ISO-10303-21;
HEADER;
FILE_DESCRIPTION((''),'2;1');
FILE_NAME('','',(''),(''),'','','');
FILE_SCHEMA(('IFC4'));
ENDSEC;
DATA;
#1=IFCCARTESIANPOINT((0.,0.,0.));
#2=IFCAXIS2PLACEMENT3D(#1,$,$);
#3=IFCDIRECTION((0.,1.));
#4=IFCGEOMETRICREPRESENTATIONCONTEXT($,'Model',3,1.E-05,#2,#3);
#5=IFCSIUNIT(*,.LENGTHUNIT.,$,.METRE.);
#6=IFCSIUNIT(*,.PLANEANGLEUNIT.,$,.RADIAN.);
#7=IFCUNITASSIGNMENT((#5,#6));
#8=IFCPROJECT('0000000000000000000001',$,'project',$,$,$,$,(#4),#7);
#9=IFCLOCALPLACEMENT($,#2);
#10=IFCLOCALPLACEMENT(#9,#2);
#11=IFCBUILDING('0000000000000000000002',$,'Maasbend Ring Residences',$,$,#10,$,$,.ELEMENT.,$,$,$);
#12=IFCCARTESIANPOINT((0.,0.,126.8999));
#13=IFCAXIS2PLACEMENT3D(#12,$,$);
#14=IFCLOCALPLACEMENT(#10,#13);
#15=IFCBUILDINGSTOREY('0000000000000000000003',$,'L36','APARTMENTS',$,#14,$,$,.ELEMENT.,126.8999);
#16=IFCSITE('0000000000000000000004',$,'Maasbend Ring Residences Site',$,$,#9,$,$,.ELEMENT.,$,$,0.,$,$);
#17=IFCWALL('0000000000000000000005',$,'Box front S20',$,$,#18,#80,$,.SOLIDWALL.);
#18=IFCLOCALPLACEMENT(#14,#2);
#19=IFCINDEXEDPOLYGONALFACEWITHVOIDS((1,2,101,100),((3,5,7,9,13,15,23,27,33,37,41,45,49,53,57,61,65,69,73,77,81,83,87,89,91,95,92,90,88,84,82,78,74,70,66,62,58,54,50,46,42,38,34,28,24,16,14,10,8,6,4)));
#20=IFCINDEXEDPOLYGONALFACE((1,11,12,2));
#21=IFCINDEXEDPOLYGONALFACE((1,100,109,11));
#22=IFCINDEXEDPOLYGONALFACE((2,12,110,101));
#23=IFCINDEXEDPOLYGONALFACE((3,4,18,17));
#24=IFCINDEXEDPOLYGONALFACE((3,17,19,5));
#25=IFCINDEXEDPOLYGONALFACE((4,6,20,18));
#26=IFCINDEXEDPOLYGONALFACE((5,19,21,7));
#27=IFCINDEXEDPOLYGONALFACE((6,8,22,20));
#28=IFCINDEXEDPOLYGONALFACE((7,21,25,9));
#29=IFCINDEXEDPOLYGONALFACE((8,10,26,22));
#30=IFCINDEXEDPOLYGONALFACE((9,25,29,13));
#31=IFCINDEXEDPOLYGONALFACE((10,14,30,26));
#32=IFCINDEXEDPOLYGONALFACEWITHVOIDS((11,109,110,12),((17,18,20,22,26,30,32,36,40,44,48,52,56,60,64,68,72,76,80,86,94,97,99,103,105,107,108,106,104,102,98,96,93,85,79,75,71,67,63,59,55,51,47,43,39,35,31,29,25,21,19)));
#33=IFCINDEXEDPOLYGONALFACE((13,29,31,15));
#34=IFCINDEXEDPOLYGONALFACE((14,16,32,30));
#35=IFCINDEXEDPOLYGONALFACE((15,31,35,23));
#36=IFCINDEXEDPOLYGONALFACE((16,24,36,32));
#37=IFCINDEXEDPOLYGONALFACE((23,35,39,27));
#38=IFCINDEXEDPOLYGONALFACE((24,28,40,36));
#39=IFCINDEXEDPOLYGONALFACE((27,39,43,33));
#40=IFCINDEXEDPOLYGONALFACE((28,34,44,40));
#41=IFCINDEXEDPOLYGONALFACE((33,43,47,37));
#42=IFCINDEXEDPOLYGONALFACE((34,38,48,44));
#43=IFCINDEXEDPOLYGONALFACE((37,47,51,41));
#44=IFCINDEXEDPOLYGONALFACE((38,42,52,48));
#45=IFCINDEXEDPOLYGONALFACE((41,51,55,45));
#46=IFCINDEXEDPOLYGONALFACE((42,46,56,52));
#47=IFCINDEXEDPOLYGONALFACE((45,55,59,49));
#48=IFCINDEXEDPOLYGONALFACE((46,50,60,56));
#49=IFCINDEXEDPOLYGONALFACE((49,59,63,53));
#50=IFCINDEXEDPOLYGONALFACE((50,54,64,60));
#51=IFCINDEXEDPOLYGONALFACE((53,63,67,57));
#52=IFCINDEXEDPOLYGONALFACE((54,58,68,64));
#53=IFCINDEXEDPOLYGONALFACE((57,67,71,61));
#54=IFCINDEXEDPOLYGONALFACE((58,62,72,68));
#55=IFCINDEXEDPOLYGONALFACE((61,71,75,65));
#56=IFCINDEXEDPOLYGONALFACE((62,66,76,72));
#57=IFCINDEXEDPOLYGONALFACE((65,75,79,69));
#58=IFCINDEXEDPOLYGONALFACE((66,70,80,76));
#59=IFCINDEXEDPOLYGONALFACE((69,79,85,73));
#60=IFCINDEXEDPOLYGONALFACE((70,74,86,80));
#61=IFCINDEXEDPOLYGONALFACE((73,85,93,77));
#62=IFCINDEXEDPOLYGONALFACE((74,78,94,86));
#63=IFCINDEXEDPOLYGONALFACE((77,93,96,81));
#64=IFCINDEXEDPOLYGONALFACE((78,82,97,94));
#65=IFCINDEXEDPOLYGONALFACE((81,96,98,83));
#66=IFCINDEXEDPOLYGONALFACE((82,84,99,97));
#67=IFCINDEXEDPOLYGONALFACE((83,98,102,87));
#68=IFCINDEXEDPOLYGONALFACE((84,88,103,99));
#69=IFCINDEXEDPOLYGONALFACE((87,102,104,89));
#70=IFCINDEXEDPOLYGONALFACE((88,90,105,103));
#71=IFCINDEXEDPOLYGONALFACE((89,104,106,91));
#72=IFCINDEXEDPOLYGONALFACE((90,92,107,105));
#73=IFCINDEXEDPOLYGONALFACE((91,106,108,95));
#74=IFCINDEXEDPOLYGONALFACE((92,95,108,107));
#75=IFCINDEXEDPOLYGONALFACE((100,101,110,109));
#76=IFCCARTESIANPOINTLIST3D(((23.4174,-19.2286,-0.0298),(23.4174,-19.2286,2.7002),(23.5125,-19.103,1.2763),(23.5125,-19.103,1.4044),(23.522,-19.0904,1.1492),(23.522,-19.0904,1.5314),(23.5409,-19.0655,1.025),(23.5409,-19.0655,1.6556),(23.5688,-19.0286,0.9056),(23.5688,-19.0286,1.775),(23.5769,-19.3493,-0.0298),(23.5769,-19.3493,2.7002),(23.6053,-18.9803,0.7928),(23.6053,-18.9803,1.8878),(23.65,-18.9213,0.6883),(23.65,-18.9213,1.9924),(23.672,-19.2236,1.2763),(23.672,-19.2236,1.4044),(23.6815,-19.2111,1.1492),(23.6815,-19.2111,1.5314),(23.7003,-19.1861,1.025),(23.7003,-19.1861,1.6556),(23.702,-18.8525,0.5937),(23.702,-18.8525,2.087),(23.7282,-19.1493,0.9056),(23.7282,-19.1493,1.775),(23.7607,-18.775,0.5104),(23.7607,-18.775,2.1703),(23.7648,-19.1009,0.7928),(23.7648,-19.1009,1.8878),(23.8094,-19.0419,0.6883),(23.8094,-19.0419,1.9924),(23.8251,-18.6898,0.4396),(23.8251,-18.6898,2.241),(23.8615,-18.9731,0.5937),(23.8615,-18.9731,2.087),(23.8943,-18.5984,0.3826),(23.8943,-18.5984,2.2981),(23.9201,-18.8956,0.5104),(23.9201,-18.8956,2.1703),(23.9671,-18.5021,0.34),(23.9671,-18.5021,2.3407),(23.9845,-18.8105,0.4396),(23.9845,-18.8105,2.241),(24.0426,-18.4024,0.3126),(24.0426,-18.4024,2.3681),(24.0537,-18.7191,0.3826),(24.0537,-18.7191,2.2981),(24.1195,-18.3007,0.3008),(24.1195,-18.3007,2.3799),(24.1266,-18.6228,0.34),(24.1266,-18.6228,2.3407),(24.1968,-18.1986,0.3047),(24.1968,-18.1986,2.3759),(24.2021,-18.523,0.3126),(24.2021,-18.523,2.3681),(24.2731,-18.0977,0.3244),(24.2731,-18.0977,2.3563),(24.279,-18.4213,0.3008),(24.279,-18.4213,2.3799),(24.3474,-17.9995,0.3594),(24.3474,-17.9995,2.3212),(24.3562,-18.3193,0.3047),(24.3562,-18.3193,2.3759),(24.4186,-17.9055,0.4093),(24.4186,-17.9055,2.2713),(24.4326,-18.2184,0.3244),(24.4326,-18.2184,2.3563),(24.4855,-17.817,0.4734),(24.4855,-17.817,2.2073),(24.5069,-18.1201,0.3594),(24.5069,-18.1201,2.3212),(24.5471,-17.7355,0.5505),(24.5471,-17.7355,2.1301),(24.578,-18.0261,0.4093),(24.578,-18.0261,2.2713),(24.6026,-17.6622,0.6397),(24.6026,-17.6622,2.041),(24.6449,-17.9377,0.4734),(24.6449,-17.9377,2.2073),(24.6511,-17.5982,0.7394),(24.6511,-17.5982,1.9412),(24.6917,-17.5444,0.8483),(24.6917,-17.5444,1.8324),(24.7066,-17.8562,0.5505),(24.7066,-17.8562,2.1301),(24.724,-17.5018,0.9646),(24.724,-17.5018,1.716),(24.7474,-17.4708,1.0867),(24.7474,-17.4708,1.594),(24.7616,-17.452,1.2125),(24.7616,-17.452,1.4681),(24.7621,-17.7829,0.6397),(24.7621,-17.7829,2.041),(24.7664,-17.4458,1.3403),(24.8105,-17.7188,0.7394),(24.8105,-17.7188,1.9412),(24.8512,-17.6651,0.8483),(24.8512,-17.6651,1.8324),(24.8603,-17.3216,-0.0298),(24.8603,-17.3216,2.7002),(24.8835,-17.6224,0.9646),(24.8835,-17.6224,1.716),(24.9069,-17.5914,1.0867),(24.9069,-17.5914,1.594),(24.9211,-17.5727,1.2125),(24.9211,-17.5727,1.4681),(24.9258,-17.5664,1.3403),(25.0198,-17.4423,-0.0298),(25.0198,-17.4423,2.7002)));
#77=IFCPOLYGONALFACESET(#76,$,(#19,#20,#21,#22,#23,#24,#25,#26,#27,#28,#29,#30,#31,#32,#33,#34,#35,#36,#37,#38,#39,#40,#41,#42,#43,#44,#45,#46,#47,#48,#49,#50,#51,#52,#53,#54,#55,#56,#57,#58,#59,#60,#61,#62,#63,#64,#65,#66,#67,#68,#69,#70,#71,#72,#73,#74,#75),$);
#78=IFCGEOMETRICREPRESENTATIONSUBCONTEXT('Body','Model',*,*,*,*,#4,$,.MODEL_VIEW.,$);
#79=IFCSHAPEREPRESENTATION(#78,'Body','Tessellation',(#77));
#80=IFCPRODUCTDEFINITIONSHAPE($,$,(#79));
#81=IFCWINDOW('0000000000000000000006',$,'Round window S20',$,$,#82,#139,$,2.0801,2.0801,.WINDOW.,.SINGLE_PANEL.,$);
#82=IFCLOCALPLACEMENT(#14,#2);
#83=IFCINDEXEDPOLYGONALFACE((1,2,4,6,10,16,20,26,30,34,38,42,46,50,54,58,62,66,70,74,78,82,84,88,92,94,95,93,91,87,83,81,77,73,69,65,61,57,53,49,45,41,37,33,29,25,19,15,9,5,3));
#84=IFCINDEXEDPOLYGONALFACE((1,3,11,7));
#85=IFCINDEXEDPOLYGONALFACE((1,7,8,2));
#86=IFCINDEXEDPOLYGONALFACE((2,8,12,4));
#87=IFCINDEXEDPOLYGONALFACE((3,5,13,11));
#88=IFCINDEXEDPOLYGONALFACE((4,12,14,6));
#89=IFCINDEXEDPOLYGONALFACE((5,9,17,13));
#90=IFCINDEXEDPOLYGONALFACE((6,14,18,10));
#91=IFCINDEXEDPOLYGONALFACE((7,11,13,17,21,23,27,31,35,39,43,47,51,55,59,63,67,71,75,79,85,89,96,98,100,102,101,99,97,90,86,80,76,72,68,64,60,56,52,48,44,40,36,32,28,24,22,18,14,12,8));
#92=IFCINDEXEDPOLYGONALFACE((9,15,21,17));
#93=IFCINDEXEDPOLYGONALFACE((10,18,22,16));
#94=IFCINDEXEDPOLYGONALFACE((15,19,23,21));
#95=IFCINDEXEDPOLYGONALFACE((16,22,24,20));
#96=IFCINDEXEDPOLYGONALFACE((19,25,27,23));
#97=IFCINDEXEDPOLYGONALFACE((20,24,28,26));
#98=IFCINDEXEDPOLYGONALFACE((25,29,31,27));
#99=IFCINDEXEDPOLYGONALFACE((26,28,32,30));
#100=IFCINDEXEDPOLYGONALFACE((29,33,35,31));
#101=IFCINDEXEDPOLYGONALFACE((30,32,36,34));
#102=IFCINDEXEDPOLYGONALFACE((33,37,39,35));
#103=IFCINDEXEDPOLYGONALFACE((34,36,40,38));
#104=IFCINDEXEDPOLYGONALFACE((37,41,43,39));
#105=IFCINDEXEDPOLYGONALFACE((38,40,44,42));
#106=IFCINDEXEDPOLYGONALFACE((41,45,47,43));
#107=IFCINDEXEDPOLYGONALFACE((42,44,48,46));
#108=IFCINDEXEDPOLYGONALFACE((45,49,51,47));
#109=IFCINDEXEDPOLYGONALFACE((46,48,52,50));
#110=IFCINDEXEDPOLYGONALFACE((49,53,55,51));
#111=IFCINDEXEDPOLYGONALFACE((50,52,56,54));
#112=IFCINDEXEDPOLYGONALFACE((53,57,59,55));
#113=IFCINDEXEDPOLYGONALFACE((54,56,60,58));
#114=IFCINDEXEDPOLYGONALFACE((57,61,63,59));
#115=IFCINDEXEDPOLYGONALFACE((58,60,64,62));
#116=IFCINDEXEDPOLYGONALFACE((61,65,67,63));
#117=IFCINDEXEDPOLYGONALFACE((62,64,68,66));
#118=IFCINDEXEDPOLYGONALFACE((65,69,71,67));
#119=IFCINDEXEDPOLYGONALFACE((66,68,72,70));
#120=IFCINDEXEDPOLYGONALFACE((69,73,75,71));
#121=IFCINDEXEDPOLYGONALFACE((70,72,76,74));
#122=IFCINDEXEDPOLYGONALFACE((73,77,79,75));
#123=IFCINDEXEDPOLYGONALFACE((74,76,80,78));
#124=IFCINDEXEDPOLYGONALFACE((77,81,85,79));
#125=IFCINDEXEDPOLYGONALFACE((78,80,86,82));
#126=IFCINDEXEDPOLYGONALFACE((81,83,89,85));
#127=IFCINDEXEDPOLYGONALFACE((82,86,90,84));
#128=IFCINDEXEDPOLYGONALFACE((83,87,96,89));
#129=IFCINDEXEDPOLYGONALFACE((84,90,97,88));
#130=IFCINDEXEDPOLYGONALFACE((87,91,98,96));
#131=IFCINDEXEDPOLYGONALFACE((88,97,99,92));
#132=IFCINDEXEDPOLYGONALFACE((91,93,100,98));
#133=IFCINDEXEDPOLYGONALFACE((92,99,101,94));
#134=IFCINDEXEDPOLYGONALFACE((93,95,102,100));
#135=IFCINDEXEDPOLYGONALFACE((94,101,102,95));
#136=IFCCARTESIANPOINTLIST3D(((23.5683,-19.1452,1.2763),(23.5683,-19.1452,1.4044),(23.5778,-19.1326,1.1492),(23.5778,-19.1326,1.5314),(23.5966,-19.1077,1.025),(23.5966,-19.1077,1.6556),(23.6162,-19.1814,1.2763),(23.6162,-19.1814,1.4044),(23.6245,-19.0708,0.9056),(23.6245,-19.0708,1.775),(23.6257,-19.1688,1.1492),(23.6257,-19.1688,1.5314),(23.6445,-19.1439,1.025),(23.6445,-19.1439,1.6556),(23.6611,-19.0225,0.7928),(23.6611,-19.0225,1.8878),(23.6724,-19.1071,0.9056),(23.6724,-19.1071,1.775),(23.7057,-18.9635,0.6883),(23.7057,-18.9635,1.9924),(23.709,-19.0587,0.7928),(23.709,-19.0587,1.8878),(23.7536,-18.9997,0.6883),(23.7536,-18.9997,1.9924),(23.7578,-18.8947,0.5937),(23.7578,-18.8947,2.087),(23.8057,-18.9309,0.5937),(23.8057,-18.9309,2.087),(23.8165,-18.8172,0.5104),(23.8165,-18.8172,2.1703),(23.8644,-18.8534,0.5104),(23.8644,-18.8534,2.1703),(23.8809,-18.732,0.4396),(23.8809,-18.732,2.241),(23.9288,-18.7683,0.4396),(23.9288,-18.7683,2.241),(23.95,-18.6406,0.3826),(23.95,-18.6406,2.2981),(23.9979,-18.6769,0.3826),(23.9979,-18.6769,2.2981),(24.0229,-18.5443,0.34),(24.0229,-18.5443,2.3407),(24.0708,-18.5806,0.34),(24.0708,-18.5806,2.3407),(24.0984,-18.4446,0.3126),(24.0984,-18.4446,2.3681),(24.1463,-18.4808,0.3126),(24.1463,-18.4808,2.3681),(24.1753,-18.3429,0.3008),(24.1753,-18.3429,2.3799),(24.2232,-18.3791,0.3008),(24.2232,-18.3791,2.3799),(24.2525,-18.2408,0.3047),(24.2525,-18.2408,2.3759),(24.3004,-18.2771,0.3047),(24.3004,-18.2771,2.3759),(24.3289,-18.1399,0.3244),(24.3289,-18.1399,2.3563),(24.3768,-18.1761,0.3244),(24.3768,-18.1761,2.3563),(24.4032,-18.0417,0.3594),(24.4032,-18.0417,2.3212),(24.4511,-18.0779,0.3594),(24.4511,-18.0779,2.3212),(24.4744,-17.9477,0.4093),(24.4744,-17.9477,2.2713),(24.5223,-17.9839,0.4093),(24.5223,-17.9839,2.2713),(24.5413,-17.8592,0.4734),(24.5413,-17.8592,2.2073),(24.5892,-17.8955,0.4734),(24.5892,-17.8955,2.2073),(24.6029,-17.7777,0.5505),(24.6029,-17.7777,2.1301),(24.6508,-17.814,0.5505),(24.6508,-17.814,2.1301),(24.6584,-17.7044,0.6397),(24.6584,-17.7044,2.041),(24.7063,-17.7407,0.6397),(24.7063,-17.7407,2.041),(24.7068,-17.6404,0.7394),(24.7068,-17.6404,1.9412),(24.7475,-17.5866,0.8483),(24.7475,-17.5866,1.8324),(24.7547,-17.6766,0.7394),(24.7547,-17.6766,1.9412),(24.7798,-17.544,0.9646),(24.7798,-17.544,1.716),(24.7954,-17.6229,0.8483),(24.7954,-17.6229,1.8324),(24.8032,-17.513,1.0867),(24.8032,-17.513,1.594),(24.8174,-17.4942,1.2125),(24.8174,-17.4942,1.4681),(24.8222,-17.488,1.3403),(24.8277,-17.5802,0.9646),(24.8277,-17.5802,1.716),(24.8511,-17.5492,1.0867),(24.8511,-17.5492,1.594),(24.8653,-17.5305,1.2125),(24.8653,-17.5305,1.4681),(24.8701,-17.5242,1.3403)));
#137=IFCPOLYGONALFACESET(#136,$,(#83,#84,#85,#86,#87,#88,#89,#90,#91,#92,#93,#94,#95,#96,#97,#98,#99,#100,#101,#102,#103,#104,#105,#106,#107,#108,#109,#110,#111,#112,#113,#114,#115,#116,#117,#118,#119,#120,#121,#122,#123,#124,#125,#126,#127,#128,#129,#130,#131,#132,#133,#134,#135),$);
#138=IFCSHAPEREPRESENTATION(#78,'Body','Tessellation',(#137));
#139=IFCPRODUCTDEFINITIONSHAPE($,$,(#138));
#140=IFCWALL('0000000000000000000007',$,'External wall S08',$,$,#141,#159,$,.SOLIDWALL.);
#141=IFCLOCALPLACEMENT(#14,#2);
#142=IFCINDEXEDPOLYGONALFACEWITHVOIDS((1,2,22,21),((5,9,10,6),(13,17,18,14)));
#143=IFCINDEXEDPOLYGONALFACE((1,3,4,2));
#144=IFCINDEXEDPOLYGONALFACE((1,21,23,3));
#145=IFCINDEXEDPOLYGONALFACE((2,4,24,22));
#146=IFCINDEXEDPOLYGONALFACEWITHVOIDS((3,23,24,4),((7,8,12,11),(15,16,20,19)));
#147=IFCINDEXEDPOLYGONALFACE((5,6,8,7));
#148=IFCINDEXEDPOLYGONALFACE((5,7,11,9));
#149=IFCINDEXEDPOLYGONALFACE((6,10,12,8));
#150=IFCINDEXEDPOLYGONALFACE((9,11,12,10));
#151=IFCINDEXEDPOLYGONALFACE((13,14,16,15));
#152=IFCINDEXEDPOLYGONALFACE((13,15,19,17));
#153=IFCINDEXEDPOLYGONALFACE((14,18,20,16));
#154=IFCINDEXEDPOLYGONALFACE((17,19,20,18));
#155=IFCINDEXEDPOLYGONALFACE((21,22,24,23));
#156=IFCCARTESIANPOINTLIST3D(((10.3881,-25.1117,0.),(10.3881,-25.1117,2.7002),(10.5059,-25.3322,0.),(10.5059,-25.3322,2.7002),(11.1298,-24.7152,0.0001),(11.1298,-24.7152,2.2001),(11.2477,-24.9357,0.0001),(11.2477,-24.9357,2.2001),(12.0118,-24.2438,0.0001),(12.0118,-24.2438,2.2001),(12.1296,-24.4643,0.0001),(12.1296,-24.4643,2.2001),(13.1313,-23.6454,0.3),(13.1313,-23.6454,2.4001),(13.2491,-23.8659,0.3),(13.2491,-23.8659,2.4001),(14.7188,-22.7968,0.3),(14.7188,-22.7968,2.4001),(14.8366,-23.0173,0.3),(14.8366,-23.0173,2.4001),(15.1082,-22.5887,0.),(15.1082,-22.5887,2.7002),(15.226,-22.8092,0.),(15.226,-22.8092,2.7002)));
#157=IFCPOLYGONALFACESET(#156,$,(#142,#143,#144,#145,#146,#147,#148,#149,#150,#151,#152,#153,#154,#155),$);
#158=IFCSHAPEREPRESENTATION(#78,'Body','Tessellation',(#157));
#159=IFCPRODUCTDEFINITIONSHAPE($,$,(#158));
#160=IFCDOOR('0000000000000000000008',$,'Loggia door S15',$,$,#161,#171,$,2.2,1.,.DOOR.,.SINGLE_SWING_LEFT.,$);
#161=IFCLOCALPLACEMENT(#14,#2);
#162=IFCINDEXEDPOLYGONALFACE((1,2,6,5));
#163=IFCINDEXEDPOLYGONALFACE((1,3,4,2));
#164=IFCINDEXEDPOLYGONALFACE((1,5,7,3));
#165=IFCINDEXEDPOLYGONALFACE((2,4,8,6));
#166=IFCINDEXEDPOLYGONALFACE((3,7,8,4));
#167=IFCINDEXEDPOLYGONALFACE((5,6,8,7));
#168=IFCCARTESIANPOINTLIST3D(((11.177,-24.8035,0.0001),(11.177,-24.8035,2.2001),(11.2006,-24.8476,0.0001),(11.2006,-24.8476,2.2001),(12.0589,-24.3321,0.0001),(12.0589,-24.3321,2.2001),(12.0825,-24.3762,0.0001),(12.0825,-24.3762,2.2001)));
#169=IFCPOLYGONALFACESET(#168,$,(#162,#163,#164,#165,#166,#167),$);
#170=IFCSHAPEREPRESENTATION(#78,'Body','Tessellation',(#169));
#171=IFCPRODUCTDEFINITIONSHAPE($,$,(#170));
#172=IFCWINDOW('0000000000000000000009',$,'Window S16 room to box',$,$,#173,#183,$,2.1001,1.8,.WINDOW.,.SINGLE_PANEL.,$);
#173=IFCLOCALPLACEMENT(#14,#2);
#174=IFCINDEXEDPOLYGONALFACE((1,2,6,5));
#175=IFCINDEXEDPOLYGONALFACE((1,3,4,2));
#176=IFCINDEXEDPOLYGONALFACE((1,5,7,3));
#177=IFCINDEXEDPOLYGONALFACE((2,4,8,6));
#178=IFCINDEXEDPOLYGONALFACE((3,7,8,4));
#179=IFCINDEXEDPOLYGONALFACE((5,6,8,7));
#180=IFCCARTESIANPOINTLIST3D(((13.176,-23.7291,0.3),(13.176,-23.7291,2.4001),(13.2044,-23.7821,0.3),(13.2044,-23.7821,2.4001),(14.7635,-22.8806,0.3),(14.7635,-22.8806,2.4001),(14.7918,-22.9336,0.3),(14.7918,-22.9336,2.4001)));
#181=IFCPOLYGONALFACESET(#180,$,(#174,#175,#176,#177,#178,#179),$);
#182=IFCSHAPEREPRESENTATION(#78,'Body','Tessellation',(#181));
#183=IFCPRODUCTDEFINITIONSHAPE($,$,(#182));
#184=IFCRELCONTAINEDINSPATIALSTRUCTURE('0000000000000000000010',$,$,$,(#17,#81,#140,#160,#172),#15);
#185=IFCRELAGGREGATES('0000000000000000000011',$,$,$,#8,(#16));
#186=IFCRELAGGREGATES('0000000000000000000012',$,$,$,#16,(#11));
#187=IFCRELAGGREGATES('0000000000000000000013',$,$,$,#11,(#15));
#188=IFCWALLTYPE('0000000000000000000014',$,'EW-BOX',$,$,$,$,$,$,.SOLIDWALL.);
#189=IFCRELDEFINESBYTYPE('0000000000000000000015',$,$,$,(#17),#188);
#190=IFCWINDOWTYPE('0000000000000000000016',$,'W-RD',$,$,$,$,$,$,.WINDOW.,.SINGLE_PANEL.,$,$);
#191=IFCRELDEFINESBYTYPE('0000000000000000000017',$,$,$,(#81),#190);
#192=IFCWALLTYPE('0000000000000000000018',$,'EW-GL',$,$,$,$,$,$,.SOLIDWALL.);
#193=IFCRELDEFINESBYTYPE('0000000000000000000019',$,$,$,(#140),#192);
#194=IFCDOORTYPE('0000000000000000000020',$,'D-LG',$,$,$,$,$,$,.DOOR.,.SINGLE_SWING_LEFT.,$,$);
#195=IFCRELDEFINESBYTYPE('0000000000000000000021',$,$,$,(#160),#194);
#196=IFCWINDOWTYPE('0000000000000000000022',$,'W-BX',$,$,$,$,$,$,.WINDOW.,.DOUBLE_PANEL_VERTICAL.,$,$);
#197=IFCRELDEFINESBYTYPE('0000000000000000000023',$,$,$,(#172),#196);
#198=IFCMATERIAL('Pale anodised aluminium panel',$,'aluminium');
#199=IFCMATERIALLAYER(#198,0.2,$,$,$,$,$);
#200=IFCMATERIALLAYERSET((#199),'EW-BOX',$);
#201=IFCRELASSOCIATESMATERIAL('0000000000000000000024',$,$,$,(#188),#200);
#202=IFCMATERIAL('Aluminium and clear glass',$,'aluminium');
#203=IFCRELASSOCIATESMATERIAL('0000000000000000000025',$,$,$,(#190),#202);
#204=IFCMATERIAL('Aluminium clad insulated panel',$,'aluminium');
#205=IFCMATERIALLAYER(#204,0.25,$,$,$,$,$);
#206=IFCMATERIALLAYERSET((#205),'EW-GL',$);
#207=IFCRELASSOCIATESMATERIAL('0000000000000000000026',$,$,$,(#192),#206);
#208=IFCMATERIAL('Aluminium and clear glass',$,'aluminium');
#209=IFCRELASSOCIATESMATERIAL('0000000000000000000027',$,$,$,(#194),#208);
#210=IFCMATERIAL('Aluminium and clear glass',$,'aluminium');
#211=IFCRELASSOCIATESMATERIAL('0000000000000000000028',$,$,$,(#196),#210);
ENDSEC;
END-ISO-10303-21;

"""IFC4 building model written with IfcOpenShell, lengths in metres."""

from ifc_helpers import new_model, si_unit, direction, frame, frame_2d, origin, place, context, subcontext, project, spatial, rectangle, circle, extrude, material, layer, layer_set, type_object, element, fill, save


model = new_model("IFC4")

# Units and contexts
model_context = context("Model", 3, precision=1e-05, world=origin(), true_north=direction((0.0, 1.0)))
body_context = subcontext(model_context, "Body", "Model", "MODEL_VIEW")
ifc_project = project(units=[si_unit("LENGTHUNIT", "METRE"), si_unit("PLANEANGLEUNIT", "RADIAN")], contexts=[model_context])

# Site, building, storey
site_placement = place(None, origin())
site = spatial("IfcSite", under=ifc_project, at=site_placement, Name="Maasbend Ring Residences Site", CompositionType="ELEMENT", RefElevation=0.0)
building_placement = place(site_placement, origin())
building = spatial("IfcBuilding", under=site, at=building_placement, Name="Maasbend Ring Residences", CompositionType="ELEMENT")
storey_placement = place(building_placement, frame((0.0, 0.0, 126.8999)))
storey = spatial("IfcBuildingStorey", under=building, at=storey_placement, Name="L36", Description="APARTMENTS", CompositionType="ELEMENT", Elevation=126.8999)

# Shared definitions
ifc_material_1 = material(Name="Pale anodised aluminium panel", Category="aluminium")
ifc_layer_1 = layer(ifc_material_1, 0.2)
ifc_layer_set_1 = layer_set([ifc_layer_1], Name="EW-BOX")
wall_type_1 = type_object("IfcWallType", Name="EW-BOX", PredefinedType="SOLIDWALL", material=ifc_layer_set_1)
ifc_material_2 = material(Name="Aluminium and clear glass", Category="aluminium")
window_type_1 = type_object("IfcWindowType", Name="W-RD", PartitioningType="SINGLE_PANEL", PredefinedType="WINDOW", material=ifc_material_2)

# Wall, opening, window
wall_1_placement = place(storey_placement, frame((23.4971, -19.2891, -0.0298), z_axis=(0.0, 0.0, 1.0), x_axis=(0.603376, 0.797457, 0.0)))
wall_1 = element("IfcWall", 1, at=wall_1_placement, inside=storey, type_object=wall_type_1, Name="Box front S20", PredefinedType="SOLIDWALL", context=body_context, shape_type="SweptSolid", body=[
    extrude(rectangle(XDim=2.3914, YDim=0.2, at=frame_2d((1.1958, 0.0))), origin(), (0.0, 0.0, 1.0), 2.73),
])
opening_1_placement = place(wall_1_placement, frame((0.1558, 0.0, 0.3301)))
opening_1 = element("IfcOpeningElement", 2, at=opening_1_placement, cuts=wall_1, PredefinedType="OPENING", context=body_context, shape_type="SweptSolid", body=[
    extrude(circle(Radius=1.04, at=frame_2d((1.04, 1.04))), frame((0.0, 0.1099, 0.0), z_axis=(0.0, -1.0, 0.0), x_axis=(1.0, 0.0, 0.0)), (0.0, 0.0, 1.0), 0.22),
])
window_1_placement = place(opening_1_placement, origin())
window_1 = element("IfcWindow", 3, at=window_1_placement, inside=storey, type_object=window_type_1, Name="Round window S20", OverallHeight=2.0801, OverallWidth=2.0801, PartitioningType="SINGLE_PANEL", PredefinedType="WINDOW", context=body_context, shape_type="SweptSolid", body=[
    extrude(circle(Radius=1.04, at=frame_2d((1.04, 1.04))), frame((0.0, 0.03, 0.0), z_axis=(0.0, -1.0, 0.0), x_axis=(1.0, 0.0, 0.0)), (0.0, 0.0, 1.0), 0.0601),
])
fill(opening_1, window_1)

# Wall, openings, door, window
ifc_material_3 = material(Name="Aluminium clad insulated panel", Category="aluminium")
ifc_layer_2 = layer(ifc_material_3, 0.25)
ifc_layer_set_2 = layer_set([ifc_layer_2], Name="EW-GL")
wall_type_2 = type_object("IfcWallType", Name="EW-GL", PredefinedType="SOLIDWALL", material=ifc_layer_set_2)
wall_2_placement = place(storey_placement, frame((10.447, -25.2219, 0.0), z_axis=(0.0, 0.0, 1.0), x_axis=(0.881916, 0.471407, 0.0)))
wall_2 = element("IfcWall", 4, at=wall_2_placement, inside=storey, type_object=wall_type_2, Name="External wall S08", PredefinedType="SOLIDWALL", context=body_context, shape_type="SweptSolid", body=[
    extrude(rectangle(XDim=5.3521, YDim=0.25, at=frame_2d((2.676, 0.0))), origin(), (0.0, 0.0, 1.0), 2.7002),
])
opening_2_placement = place(wall_2_placement, frame((0.8411, 0.0, 0.0)))
opening_2 = element("IfcOpeningElement", 5, at=opening_2_placement, cuts=wall_2, PredefinedType="OPENING", context=body_context, shape_type="SweptSolid", body=[
    extrude(rectangle(XDim=1.0, YDim=2.2, at=frame_2d((0.5, 1.1001))), frame((0.0, 0.135, 0.0), z_axis=(0.0, -1.0, 0.0), x_axis=(1.0, 0.0, 0.0)), (0.0, 0.0, 1.0), 0.27),
])
opening_3_placement = place(wall_2_placement, frame((3.1106, 0.0, 0.3)))
opening_3 = element("IfcOpeningElement", 6, at=opening_3_placement, cuts=wall_2, PredefinedType="OPENING", context=body_context, shape_type="SweptSolid", body=[
    extrude(rectangle(XDim=1.8, YDim=2.1001, at=frame_2d((0.8999, 1.05))), frame((0.0, 0.135, 0.0), z_axis=(0.0, -1.0, 0.0), x_axis=(1.0, 0.0, 0.0)), (0.0, 0.0, 1.0), 0.27),
])
ifc_material_4 = material(Name="Aluminium and clear glass", Category="aluminium")
door_type = type_object("IfcDoorType", Name="D-LG", OperationType="SINGLE_SWING_LEFT", PredefinedType="DOOR", material=ifc_material_4)
door_1_placement = place(opening_2_placement, origin())
door_1 = element("IfcDoor", 7, at=door_1_placement, inside=storey, type_object=door_type, Name="Loggia door S15", OperationType="SINGLE_SWING_LEFT", OverallHeight=2.2, OverallWidth=1.0, PredefinedType="DOOR", context=body_context, shape_type="SweptSolid", body=[
    extrude(rectangle(XDim=1.0, YDim=2.2, at=frame_2d((0.5, 1.1001))), frame((0.0, 0.0249, 0.0), z_axis=(0.0, -1.0, 0.0), x_axis=(1.0, 0.0, 0.0)), (0.0, 0.0, 1.0), 0.05),
])
fill(opening_2, door_1)
ifc_material_5 = material(Name="Aluminium and clear glass", Category="aluminium")
window_type_2 = type_object("IfcWindowType", Name="W-BX", PartitioningType="DOUBLE_PANEL_VERTICAL", PredefinedType="WINDOW", material=ifc_material_5)
window_2_placement = place(opening_3_placement, origin())
window_2 = element("IfcWindow", 8, at=window_2_placement, inside=storey, type_object=window_type_2, Name="Window S16 room to box", OverallHeight=2.1001, OverallWidth=1.8, PartitioningType="SINGLE_PANEL", PredefinedType="WINDOW", context=body_context, shape_type="SweptSolid", body=[
    extrude(rectangle(XDim=1.8, YDim=2.1001, at=frame_2d((0.8999, 1.05))), frame((0.0, 0.03, 0.0), z_axis=(0.0, -1.0, 0.0), x_axis=(1.0, 0.0, 0.0)), (0.0, 0.0, 1.0), 0.0601),
])
fill(opening_3, window_2)

save(model, "model.ifc")
